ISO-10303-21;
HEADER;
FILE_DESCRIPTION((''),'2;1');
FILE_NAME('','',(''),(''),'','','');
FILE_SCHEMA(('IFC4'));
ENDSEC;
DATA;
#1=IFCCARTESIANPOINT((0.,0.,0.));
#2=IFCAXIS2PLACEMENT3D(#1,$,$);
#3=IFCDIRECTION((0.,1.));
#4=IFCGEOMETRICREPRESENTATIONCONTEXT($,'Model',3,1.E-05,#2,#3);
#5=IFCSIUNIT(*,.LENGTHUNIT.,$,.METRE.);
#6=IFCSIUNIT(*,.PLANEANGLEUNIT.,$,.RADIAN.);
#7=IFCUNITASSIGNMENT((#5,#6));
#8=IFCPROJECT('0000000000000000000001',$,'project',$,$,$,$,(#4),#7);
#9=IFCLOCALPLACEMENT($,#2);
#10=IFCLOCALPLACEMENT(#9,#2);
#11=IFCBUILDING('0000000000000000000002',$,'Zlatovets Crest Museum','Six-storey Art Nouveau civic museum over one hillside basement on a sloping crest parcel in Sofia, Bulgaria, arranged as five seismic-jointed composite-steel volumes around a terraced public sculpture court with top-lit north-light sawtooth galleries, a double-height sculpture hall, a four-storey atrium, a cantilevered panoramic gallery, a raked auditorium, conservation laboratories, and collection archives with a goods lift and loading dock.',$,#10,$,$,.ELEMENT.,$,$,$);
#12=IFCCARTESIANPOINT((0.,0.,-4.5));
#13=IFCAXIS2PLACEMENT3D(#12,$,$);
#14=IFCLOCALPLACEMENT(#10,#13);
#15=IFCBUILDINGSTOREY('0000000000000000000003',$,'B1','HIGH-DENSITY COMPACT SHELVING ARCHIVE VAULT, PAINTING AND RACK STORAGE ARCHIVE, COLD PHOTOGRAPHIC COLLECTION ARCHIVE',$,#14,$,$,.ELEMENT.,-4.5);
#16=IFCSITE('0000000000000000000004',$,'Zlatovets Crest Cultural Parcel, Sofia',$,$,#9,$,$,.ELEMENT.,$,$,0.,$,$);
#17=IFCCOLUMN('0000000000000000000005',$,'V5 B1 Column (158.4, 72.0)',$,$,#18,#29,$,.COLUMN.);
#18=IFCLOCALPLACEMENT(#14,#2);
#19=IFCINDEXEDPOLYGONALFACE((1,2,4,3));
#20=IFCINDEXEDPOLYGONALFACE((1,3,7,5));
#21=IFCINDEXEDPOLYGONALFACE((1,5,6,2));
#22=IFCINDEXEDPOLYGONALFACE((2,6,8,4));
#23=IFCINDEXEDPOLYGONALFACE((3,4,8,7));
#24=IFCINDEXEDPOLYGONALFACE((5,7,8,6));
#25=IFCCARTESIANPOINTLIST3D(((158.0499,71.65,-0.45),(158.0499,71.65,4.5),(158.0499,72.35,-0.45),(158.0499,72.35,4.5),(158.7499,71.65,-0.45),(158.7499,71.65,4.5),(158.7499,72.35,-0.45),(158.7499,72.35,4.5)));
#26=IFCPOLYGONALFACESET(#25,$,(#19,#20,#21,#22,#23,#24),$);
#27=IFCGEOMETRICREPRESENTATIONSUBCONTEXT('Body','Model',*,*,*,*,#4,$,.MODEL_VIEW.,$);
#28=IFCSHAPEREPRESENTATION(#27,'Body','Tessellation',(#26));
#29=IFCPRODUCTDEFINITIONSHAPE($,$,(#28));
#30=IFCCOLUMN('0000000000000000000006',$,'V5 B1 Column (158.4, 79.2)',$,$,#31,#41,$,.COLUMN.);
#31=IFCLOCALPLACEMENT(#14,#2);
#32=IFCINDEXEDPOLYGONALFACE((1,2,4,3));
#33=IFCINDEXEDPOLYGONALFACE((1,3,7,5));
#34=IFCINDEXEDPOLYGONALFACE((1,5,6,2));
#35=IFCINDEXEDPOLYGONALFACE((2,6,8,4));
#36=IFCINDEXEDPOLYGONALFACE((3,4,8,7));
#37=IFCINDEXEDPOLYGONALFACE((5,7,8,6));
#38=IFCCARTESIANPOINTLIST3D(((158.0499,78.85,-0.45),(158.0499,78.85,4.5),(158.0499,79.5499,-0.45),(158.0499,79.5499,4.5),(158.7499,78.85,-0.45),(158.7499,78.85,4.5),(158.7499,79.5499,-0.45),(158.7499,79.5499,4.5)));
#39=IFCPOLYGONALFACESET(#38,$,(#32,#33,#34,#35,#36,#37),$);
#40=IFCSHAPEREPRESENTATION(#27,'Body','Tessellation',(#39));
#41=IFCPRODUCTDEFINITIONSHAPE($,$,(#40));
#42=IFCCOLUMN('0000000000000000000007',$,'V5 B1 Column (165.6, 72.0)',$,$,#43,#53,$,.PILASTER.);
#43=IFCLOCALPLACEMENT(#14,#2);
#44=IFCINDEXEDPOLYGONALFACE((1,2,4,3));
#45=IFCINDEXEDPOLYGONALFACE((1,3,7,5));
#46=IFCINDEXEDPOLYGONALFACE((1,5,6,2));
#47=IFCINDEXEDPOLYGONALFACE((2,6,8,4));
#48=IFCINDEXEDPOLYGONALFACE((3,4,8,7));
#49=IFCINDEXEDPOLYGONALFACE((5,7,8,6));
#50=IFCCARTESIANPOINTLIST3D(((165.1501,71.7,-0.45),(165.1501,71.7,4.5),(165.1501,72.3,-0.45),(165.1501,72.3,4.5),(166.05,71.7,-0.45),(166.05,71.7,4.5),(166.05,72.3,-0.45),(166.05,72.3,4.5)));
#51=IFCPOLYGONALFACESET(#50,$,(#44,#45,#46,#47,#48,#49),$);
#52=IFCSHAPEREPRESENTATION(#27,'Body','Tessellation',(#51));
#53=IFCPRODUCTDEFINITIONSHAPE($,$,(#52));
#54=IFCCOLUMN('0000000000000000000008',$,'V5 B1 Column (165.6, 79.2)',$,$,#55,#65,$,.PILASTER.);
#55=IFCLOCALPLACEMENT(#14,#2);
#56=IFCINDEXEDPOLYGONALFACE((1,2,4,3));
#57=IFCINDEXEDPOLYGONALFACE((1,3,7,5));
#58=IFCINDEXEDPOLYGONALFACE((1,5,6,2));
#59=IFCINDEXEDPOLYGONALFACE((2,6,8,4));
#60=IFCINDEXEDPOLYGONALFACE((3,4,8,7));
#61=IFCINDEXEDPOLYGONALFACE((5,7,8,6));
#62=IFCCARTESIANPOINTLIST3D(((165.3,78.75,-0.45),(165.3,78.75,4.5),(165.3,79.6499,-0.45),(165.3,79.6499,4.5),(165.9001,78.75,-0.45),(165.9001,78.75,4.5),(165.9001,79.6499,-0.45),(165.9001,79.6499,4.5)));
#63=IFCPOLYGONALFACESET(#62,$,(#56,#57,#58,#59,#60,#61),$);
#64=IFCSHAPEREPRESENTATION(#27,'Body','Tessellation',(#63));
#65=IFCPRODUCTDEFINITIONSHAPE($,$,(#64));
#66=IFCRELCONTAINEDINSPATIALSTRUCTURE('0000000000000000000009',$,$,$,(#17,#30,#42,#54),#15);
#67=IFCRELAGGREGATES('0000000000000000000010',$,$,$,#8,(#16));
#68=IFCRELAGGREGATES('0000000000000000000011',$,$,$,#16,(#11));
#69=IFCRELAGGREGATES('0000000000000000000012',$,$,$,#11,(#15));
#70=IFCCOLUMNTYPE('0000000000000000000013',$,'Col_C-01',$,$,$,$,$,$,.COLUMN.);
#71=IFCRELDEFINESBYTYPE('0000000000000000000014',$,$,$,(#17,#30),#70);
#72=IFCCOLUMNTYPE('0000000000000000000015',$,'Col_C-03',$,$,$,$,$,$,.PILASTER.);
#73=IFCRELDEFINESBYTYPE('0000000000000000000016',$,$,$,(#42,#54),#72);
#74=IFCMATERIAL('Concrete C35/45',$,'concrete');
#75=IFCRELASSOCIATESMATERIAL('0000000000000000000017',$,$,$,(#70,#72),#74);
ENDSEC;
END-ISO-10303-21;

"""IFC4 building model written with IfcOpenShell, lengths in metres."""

from ifc_helpers import new_model, si_unit, direction, frame, origin, origin_2d, place, context, subcontext, project, spatial, rectangle, extrude, material, material_profile, profile_set, type_object, element, save


model = new_model("IFC4")

# Units and contexts
model_context = context("Model", 3, precision=1e-05, world=origin(), true_north=direction((0.0, 1.0)))
body_context = subcontext(model_context, "Body", "Model", "MODEL_VIEW")
ifc_project = project(units=[si_unit("LENGTHUNIT", "METRE"), si_unit("PLANEANGLEUNIT", "RADIAN")], contexts=[model_context])

# Site, building, storey
site_placement = place(None, origin())
site = spatial("IfcSite", under=ifc_project, at=site_placement, Name="Zlatovets Crest Cultural Parcel, Sofia", CompositionType="ELEMENT", RefElevation=0.0)
building_placement = place(site_placement, origin())
building = spatial("IfcBuilding", under=site, at=building_placement, Name="Zlatovets Crest Museum", Description="Six-storey Art Nouveau civic museum over one hillside basement on a sloping crest parcel in Sofia, Bulgaria, arranged as five seismic-jointed composite-steel volumes around a terraced public sculpture court with top-lit north-light sawtooth galleries, a double-height sculpture hall, a four-storey atrium, a cantilevered panoramic gallery, a raked auditorium, conservation laboratories, and collection archives with a goods lift and loading dock.", CompositionType="ELEMENT")
storey_placement = place(building_placement, frame((0.0, 0.0, -4.5)))
storey = spatial("IfcBuildingStorey", under=building, at=storey_placement, Name="B1", Description="HIGH-DENSITY COMPACT SHELVING ARCHIVE VAULT, PAINTING AND RACK STORAGE ARCHIVE, COLD PHOTOGRAPHIC COLLECTION ARCHIVE", CompositionType="ELEMENT", Elevation=-4.5)

# Shared definitions
ifc_material = material(Name="Concrete C35/45", Category="concrete")

# Columns
ifc_material_profile_1 = material_profile(ifc_material, rectangle(XDim=0.7, YDim=0.7, at=origin_2d()), Name="RC 700x700")
ifc_profile_set_1 = profile_set([ifc_material_profile_1], Name="Concrete C35/45")
column_type_1 = type_object("IfcColumnType", Name="Col_C-01", PredefinedType="COLUMN", material=ifc_profile_set_1)
for number, where, z_axis, x_axis, name in (
    (1, (158.3999, 72.0, -0.45), (0.0, 0.0, 1.0), (1.0, 0.0, 0.0), "V5 B1 Column (158.4, 72.0)"),
    (2, (158.3999, 79.2, -0.45), (0.0, 0.0, 1.0), (0.0, 1.0, 0.0), "V5 B1 Column (158.4, 79.2)"),
):
    element("IfcColumn", number, at=place(storey_placement, frame(where, z_axis=z_axis, x_axis=x_axis)), inside=storey, type_object=column_type_1, Name=name, PredefinedType="COLUMN", context=body_context, shape_type="SweptSolid", body=[
        extrude(rectangle(XDim=0.7, YDim=0.7, at=origin_2d()), origin(), (0.0, 0.0, 1.0), 4.95),
    ])
ifc_material_profile_2 = material_profile(ifc_material, rectangle(XDim=0.6001, YDim=0.8999, at=origin_2d()), Name="RC 600x900")
ifc_profile_set_2 = profile_set([ifc_material_profile_2], Name="Concrete C35/45")
column_type_2 = type_object("IfcColumnType", Name="Col_C-03", PredefinedType="PILASTER", material=ifc_profile_set_2)
for number, where, z_axis, x_axis, name in (
    (3, (165.6001, 72.0, -0.45), (0.0, 0.0, 1.0), (0.0, 1.0, 0.0), "V5 B1 Column (165.6, 72.0)"),
    (4, (165.6001, 79.2, -0.45), (0.0, 0.0, 1.0), (1.0, 0.0, 0.0), "V5 B1 Column (165.6, 79.2)"),
):
    element("IfcColumn", number, at=place(storey_placement, frame(where, z_axis=z_axis, x_axis=x_axis)), inside=storey, type_object=column_type_2, Name=name, PredefinedType="PILASTER", context=body_context, shape_type="SweptSolid", body=[
        extrude(rectangle(XDim=0.6001, YDim=0.8999, at=origin_2d()), origin(), (0.0, 0.0, 1.0), 4.95),
    ])

save(model, "model.ifc")
